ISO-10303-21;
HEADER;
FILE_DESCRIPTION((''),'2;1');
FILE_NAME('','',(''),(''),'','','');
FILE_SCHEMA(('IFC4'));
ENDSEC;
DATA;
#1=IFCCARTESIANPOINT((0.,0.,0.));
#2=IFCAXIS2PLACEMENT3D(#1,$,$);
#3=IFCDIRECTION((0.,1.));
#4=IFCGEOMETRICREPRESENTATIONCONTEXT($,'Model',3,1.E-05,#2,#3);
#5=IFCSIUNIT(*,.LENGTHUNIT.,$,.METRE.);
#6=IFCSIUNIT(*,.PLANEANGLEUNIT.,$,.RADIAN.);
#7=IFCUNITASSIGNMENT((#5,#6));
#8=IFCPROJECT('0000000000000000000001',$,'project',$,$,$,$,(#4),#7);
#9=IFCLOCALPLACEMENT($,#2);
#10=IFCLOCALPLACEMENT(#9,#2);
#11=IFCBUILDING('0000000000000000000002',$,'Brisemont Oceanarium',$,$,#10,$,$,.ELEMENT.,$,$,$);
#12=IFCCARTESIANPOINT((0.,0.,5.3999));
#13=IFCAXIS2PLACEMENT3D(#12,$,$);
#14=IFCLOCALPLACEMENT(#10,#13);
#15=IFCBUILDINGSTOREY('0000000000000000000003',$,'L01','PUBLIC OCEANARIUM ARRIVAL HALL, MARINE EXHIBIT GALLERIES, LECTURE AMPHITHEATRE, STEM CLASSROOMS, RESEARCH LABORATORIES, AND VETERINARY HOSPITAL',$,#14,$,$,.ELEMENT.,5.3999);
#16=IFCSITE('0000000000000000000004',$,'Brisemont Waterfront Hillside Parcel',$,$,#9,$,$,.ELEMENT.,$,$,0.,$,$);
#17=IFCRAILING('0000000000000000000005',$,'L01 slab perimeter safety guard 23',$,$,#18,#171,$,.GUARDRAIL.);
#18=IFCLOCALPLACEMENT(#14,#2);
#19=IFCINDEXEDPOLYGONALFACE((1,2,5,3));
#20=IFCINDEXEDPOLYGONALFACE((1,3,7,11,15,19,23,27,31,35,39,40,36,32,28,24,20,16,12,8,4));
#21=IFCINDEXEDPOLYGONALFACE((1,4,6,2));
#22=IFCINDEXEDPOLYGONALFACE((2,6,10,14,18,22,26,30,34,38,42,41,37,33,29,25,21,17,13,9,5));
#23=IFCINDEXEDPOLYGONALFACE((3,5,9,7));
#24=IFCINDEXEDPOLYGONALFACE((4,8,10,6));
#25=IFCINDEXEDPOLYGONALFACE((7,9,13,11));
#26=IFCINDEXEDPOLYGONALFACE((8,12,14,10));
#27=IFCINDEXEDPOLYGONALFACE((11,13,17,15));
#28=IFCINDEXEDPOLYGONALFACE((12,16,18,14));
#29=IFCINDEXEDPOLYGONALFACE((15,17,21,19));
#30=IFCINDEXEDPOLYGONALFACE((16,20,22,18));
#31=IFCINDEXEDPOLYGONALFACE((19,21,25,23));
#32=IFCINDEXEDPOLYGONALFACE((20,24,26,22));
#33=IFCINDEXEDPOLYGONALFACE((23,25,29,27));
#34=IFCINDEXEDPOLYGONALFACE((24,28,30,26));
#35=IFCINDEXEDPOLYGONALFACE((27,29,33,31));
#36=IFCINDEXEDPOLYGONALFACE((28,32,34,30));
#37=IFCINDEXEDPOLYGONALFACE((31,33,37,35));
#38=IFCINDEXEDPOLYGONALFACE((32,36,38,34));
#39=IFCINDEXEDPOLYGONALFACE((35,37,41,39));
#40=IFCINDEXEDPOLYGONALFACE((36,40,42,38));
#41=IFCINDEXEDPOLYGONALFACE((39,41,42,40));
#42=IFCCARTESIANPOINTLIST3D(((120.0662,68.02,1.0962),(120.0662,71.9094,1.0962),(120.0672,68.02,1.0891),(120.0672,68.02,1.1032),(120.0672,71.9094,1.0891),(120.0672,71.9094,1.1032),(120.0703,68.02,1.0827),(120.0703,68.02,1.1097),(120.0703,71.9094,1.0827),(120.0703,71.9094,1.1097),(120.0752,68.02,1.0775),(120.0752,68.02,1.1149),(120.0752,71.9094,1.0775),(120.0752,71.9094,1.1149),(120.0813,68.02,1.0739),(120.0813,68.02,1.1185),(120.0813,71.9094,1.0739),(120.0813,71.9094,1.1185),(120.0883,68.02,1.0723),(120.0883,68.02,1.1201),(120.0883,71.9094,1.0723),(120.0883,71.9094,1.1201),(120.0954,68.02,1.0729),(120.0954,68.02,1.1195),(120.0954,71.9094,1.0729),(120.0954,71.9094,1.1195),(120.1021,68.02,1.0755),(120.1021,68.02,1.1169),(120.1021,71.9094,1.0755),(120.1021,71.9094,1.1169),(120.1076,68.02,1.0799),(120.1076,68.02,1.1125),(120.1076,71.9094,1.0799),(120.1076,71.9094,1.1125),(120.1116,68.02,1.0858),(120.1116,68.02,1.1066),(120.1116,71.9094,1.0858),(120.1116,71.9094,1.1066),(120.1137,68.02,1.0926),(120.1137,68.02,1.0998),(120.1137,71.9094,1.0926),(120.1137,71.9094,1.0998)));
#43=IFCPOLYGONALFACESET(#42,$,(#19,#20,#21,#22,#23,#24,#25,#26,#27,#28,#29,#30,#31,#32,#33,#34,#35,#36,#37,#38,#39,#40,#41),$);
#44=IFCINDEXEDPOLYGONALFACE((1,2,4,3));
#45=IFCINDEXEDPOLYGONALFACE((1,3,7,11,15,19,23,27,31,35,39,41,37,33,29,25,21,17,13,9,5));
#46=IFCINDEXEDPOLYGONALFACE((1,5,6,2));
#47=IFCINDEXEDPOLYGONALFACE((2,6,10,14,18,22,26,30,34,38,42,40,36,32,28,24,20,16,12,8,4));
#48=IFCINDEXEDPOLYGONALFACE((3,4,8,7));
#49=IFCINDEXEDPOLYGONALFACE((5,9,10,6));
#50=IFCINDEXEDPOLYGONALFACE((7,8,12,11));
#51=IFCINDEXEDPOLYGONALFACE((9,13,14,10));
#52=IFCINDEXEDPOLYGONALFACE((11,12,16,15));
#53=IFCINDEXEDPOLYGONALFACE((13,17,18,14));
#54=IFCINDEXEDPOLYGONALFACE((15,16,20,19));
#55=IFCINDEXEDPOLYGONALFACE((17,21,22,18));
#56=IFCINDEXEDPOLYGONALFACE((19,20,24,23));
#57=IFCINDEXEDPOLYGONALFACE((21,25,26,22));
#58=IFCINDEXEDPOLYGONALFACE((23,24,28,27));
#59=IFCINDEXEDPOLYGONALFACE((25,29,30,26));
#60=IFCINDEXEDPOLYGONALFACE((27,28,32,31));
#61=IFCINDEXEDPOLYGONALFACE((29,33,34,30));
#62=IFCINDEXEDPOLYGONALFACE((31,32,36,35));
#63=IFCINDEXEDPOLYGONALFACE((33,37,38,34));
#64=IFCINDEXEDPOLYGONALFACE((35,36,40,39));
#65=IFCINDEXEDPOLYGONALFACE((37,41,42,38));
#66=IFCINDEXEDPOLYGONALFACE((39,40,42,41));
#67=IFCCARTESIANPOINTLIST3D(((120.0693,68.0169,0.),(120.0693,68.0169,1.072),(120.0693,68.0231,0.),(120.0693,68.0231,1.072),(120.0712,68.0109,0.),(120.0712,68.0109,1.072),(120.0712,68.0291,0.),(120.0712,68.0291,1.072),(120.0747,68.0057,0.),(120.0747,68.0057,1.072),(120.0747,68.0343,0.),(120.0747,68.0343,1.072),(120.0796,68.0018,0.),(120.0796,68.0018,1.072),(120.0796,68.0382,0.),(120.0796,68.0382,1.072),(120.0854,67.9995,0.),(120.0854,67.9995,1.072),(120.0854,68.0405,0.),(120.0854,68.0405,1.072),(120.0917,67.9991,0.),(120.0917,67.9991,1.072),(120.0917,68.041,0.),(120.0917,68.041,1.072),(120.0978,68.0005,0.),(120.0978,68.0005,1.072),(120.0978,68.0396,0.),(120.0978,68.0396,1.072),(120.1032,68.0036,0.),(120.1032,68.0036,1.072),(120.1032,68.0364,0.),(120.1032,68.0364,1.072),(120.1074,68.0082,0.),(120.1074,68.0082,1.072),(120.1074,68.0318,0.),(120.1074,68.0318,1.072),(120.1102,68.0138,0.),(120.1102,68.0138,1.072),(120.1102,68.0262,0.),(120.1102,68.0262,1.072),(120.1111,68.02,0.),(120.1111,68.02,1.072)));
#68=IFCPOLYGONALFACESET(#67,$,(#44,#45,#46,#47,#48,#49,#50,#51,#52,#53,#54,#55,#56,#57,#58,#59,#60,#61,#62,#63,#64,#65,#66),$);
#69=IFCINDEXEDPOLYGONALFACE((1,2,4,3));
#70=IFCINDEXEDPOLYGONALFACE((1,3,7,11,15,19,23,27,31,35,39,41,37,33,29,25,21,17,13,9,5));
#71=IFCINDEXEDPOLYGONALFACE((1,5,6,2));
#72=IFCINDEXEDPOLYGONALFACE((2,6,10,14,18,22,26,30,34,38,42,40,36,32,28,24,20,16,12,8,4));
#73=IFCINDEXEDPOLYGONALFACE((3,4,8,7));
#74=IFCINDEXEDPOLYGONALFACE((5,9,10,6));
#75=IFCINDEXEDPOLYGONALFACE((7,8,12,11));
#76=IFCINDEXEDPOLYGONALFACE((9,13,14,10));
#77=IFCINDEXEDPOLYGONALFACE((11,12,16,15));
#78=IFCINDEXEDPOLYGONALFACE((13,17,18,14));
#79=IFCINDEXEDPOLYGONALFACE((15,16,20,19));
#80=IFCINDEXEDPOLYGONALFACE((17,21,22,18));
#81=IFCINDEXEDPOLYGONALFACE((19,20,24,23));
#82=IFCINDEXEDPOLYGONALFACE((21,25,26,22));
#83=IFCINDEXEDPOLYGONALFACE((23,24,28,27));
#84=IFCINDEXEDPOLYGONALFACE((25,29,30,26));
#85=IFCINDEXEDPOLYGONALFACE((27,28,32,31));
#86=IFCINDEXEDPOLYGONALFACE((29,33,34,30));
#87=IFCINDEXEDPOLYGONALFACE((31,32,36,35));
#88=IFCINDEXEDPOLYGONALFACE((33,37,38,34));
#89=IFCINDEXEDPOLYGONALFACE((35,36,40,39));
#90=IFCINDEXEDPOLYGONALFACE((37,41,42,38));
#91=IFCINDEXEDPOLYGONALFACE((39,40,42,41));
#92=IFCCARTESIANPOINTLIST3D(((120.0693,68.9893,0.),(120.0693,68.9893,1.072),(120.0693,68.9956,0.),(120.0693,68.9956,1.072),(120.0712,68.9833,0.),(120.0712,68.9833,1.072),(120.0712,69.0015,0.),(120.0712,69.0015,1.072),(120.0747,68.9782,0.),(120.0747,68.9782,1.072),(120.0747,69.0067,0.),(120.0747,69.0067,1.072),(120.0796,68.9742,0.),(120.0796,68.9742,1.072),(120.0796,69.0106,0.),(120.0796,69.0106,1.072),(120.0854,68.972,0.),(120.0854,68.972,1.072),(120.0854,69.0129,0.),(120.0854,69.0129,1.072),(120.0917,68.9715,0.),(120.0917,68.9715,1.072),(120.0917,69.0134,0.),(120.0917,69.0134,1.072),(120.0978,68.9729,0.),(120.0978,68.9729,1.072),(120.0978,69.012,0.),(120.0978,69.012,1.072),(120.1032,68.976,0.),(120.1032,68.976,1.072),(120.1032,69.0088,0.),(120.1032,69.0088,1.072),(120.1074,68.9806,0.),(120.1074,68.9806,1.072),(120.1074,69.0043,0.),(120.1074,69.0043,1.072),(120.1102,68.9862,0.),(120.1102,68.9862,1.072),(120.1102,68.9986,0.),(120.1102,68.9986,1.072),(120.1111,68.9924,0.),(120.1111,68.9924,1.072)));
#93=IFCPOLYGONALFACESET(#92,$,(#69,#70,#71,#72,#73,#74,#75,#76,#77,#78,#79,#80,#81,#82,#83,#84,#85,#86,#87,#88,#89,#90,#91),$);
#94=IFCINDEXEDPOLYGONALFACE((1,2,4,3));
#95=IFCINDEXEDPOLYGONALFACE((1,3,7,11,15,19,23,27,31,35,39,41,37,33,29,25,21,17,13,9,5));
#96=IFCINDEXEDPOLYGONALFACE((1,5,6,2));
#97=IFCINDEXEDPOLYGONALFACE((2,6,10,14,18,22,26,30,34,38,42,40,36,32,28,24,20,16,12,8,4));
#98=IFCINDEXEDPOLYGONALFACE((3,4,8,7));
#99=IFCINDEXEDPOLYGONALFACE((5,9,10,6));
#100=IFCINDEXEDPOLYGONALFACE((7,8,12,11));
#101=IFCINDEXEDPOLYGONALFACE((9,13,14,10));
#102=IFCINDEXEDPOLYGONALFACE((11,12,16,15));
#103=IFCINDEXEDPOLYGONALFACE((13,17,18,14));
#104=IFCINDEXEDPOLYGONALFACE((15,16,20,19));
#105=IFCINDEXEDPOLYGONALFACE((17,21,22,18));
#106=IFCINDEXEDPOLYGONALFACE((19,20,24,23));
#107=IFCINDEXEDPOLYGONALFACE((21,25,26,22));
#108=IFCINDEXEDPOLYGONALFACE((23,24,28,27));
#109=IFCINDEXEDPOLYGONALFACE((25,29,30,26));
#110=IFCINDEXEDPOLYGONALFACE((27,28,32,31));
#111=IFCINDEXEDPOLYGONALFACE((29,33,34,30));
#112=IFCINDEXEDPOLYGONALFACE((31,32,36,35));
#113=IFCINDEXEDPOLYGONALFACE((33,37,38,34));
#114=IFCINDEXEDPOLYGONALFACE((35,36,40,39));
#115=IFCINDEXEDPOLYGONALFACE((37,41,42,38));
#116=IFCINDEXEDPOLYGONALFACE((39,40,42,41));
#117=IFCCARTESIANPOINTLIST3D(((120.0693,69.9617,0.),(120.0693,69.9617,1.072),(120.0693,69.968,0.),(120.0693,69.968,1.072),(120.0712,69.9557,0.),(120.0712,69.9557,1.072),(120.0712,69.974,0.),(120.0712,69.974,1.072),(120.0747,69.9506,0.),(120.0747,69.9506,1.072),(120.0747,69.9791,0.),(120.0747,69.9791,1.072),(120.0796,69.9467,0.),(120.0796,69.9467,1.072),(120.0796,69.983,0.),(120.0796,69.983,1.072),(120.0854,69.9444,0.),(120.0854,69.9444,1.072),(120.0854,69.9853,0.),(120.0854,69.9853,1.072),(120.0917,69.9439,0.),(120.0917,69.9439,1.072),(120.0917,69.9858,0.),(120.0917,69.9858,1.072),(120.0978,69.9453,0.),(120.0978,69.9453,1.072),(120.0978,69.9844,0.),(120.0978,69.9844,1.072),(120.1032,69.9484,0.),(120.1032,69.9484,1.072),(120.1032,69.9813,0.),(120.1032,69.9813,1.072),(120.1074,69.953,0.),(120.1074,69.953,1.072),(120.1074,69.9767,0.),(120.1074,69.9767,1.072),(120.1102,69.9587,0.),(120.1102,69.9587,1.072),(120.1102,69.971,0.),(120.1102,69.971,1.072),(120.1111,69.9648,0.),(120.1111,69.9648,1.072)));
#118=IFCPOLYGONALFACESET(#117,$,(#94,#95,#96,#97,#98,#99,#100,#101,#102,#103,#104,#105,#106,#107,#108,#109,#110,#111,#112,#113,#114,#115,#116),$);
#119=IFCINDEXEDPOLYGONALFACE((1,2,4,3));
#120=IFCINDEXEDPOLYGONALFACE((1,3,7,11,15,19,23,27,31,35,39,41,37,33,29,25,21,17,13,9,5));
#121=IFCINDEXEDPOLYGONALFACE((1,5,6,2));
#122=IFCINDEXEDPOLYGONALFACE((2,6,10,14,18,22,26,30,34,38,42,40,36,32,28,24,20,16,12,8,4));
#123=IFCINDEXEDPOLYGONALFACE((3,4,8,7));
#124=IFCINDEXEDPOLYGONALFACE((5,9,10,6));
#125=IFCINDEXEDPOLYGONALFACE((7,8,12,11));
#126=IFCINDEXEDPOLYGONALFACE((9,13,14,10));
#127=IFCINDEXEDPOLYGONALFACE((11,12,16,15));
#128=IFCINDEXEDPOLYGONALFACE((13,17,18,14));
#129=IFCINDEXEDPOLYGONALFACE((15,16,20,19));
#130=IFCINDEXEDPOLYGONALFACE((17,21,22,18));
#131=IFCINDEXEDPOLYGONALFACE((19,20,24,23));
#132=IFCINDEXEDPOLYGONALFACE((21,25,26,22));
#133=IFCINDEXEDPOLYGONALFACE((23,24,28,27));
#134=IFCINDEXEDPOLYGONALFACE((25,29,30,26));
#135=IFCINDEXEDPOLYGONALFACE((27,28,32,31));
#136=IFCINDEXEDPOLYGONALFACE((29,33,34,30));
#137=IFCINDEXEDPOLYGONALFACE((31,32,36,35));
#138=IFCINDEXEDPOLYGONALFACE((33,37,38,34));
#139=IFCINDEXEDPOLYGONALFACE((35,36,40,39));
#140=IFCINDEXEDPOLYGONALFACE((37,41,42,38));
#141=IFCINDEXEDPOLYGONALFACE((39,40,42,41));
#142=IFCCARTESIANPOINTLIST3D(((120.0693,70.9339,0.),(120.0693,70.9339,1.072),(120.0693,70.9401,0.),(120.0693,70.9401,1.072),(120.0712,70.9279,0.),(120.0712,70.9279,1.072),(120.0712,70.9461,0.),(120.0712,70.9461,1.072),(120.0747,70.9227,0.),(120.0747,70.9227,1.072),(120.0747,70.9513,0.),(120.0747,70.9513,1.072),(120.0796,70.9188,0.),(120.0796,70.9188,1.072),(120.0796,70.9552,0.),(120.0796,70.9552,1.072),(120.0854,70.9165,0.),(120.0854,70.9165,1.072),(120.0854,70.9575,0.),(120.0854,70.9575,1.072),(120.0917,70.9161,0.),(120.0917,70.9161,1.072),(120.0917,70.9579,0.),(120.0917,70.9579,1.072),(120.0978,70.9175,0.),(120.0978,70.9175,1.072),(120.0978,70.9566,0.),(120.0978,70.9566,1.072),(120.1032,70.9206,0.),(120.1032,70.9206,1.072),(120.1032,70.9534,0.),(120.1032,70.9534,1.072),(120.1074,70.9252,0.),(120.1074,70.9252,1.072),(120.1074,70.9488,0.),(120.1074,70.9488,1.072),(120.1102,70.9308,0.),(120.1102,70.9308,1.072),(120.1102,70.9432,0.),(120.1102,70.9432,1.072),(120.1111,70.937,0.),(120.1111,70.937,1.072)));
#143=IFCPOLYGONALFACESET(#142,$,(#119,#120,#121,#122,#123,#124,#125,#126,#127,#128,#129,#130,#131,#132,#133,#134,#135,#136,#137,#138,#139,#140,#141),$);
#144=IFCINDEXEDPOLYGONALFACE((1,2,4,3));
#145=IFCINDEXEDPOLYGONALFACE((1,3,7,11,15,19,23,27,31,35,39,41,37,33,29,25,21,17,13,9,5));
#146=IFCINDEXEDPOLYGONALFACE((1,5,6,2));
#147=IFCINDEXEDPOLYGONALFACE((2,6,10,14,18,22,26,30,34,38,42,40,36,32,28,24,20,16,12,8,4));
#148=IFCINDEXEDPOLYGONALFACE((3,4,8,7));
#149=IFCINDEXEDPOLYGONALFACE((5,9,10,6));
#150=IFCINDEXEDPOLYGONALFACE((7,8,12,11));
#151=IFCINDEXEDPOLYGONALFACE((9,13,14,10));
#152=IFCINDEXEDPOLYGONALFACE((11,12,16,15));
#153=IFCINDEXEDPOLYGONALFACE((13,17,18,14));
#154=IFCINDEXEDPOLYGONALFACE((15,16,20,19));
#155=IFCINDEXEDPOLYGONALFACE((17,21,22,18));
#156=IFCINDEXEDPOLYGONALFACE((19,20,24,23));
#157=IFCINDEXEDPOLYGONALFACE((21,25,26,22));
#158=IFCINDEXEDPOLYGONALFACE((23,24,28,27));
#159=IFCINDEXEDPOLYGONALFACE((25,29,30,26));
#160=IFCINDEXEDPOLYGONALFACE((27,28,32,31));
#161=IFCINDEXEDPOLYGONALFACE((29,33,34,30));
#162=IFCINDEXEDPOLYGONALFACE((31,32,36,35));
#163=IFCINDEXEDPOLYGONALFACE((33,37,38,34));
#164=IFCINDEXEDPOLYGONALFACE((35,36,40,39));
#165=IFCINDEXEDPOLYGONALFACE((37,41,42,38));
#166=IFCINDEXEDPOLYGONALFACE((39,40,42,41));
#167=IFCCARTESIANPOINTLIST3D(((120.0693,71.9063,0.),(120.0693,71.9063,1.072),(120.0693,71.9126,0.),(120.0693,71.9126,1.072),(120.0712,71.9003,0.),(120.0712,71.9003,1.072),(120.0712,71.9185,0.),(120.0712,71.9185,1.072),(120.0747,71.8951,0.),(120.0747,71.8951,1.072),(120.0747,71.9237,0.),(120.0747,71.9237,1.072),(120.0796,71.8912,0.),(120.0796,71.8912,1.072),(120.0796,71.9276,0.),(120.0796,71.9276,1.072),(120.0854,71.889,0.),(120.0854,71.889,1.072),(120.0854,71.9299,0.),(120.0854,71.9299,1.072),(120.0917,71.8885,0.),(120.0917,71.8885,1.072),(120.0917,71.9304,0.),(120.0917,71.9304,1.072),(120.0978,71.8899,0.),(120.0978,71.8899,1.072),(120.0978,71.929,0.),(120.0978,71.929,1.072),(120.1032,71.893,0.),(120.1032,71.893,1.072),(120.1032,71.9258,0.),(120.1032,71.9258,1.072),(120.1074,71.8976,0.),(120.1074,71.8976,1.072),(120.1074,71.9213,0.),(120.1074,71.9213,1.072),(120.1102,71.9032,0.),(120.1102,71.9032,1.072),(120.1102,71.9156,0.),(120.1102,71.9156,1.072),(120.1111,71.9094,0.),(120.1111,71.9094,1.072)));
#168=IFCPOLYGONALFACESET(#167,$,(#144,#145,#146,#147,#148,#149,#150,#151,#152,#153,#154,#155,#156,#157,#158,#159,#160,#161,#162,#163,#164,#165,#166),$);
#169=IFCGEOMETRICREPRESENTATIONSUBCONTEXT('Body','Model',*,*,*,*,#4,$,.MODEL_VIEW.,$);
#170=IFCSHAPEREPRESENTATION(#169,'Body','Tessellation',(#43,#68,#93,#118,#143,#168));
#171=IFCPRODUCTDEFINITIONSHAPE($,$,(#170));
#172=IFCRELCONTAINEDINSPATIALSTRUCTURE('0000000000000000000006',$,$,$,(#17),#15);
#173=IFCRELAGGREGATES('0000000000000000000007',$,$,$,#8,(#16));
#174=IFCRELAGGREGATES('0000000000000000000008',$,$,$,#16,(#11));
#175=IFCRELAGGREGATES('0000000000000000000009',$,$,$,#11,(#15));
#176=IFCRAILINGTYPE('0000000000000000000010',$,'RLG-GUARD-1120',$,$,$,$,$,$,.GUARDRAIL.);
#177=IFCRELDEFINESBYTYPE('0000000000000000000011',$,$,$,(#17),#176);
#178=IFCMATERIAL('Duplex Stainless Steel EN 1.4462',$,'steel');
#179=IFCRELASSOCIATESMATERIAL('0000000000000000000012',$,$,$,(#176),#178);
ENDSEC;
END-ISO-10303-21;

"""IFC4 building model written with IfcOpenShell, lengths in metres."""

from ifc_helpers import new_model, si_unit, direction, frame, origin, origin_2d, place, context, subcontext, project, spatial, circle, extrude, material, type_object, element, save


model = new_model("IFC4")

# Units and contexts
model_context = context("Model", 3, precision=1e-05, world=origin(), true_north=direction((0.0, 1.0)))
body_context = subcontext(model_context, "Body", "Model", "MODEL_VIEW")
ifc_project = project(units=[si_unit("LENGTHUNIT", "METRE"), si_unit("PLANEANGLEUNIT", "RADIAN")], contexts=[model_context])

# Site, building, storey
site_placement = place(None, origin())
site = spatial("IfcSite", under=ifc_project, at=site_placement, Name="Brisemont Waterfront Hillside Parcel", CompositionType="ELEMENT", RefElevation=0.0)
building_placement = place(site_placement, origin())
building = spatial("IfcBuilding", under=site, at=building_placement, Name="Brisemont Oceanarium", CompositionType="ELEMENT")
storey_placement = place(building_placement, frame((0.0, 0.0, 5.3999)))
storey = spatial("IfcBuildingStorey", under=building, at=storey_placement, Name="L01", Description="PUBLIC OCEANARIUM ARRIVAL HALL, MARINE EXHIBIT GALLERIES, LECTURE AMPHITHEATRE, STEM CLASSROOMS, RESEARCH LABORATORIES, AND VETERINARY HOSPITAL", CompositionType="ELEMENT", Elevation=5.3999)

# Railing
ifc_material_1 = material(Name="Duplex Stainless Steel EN 1.4462", Category="steel")
railing_type_1 = type_object("IfcRailingType", Name="RLG-GUARD-1120", PredefinedType="GUARDRAIL", material=ifc_material_1)
railing_1_placement = place(storey_placement, frame((120.0901, 68.02, 0.0)))
element("IfcRailing", 1, at=railing_1_placement, inside=storey, type_object=railing_type_1, Name="L01 slab perimeter safety guard 23", PredefinedType="GUARDRAIL", context=body_context, shape_type="SweptSolid", body=[
    extrude(circle(Radius=0.0239, at=origin_2d()), frame((0.0, 0.0, 1.0962), z_axis=(0.0, 1.0, 0.0), x_axis=(-1.0, 0.0, 0.0)), (0.0, 0.0, 1.0), 3.8894),
    extrude(circle(Radius=0.021, at=origin_2d()), origin(), (0.0, 0.0, 1.0), 1.072),
    extrude(circle(Radius=0.021, at=origin_2d()), frame((0.0, 0.9724, 0.0)), (0.0, 0.0, 1.0), 1.072),
    extrude(circle(Radius=0.021, at=origin_2d()), frame((0.0, 1.9448, 0.0)), (0.0, 0.0, 1.0), 1.072),
    extrude(circle(Radius=0.021, at=origin_2d()), frame((0.0, 2.917, 0.0)), (0.0, 0.0, 1.0), 1.072),
    extrude(circle(Radius=0.021, at=origin_2d()), frame((0.0, 3.8894, 0.0)), (0.0, 0.0, 1.0), 1.072),
])

save(model, "model.ifc")
